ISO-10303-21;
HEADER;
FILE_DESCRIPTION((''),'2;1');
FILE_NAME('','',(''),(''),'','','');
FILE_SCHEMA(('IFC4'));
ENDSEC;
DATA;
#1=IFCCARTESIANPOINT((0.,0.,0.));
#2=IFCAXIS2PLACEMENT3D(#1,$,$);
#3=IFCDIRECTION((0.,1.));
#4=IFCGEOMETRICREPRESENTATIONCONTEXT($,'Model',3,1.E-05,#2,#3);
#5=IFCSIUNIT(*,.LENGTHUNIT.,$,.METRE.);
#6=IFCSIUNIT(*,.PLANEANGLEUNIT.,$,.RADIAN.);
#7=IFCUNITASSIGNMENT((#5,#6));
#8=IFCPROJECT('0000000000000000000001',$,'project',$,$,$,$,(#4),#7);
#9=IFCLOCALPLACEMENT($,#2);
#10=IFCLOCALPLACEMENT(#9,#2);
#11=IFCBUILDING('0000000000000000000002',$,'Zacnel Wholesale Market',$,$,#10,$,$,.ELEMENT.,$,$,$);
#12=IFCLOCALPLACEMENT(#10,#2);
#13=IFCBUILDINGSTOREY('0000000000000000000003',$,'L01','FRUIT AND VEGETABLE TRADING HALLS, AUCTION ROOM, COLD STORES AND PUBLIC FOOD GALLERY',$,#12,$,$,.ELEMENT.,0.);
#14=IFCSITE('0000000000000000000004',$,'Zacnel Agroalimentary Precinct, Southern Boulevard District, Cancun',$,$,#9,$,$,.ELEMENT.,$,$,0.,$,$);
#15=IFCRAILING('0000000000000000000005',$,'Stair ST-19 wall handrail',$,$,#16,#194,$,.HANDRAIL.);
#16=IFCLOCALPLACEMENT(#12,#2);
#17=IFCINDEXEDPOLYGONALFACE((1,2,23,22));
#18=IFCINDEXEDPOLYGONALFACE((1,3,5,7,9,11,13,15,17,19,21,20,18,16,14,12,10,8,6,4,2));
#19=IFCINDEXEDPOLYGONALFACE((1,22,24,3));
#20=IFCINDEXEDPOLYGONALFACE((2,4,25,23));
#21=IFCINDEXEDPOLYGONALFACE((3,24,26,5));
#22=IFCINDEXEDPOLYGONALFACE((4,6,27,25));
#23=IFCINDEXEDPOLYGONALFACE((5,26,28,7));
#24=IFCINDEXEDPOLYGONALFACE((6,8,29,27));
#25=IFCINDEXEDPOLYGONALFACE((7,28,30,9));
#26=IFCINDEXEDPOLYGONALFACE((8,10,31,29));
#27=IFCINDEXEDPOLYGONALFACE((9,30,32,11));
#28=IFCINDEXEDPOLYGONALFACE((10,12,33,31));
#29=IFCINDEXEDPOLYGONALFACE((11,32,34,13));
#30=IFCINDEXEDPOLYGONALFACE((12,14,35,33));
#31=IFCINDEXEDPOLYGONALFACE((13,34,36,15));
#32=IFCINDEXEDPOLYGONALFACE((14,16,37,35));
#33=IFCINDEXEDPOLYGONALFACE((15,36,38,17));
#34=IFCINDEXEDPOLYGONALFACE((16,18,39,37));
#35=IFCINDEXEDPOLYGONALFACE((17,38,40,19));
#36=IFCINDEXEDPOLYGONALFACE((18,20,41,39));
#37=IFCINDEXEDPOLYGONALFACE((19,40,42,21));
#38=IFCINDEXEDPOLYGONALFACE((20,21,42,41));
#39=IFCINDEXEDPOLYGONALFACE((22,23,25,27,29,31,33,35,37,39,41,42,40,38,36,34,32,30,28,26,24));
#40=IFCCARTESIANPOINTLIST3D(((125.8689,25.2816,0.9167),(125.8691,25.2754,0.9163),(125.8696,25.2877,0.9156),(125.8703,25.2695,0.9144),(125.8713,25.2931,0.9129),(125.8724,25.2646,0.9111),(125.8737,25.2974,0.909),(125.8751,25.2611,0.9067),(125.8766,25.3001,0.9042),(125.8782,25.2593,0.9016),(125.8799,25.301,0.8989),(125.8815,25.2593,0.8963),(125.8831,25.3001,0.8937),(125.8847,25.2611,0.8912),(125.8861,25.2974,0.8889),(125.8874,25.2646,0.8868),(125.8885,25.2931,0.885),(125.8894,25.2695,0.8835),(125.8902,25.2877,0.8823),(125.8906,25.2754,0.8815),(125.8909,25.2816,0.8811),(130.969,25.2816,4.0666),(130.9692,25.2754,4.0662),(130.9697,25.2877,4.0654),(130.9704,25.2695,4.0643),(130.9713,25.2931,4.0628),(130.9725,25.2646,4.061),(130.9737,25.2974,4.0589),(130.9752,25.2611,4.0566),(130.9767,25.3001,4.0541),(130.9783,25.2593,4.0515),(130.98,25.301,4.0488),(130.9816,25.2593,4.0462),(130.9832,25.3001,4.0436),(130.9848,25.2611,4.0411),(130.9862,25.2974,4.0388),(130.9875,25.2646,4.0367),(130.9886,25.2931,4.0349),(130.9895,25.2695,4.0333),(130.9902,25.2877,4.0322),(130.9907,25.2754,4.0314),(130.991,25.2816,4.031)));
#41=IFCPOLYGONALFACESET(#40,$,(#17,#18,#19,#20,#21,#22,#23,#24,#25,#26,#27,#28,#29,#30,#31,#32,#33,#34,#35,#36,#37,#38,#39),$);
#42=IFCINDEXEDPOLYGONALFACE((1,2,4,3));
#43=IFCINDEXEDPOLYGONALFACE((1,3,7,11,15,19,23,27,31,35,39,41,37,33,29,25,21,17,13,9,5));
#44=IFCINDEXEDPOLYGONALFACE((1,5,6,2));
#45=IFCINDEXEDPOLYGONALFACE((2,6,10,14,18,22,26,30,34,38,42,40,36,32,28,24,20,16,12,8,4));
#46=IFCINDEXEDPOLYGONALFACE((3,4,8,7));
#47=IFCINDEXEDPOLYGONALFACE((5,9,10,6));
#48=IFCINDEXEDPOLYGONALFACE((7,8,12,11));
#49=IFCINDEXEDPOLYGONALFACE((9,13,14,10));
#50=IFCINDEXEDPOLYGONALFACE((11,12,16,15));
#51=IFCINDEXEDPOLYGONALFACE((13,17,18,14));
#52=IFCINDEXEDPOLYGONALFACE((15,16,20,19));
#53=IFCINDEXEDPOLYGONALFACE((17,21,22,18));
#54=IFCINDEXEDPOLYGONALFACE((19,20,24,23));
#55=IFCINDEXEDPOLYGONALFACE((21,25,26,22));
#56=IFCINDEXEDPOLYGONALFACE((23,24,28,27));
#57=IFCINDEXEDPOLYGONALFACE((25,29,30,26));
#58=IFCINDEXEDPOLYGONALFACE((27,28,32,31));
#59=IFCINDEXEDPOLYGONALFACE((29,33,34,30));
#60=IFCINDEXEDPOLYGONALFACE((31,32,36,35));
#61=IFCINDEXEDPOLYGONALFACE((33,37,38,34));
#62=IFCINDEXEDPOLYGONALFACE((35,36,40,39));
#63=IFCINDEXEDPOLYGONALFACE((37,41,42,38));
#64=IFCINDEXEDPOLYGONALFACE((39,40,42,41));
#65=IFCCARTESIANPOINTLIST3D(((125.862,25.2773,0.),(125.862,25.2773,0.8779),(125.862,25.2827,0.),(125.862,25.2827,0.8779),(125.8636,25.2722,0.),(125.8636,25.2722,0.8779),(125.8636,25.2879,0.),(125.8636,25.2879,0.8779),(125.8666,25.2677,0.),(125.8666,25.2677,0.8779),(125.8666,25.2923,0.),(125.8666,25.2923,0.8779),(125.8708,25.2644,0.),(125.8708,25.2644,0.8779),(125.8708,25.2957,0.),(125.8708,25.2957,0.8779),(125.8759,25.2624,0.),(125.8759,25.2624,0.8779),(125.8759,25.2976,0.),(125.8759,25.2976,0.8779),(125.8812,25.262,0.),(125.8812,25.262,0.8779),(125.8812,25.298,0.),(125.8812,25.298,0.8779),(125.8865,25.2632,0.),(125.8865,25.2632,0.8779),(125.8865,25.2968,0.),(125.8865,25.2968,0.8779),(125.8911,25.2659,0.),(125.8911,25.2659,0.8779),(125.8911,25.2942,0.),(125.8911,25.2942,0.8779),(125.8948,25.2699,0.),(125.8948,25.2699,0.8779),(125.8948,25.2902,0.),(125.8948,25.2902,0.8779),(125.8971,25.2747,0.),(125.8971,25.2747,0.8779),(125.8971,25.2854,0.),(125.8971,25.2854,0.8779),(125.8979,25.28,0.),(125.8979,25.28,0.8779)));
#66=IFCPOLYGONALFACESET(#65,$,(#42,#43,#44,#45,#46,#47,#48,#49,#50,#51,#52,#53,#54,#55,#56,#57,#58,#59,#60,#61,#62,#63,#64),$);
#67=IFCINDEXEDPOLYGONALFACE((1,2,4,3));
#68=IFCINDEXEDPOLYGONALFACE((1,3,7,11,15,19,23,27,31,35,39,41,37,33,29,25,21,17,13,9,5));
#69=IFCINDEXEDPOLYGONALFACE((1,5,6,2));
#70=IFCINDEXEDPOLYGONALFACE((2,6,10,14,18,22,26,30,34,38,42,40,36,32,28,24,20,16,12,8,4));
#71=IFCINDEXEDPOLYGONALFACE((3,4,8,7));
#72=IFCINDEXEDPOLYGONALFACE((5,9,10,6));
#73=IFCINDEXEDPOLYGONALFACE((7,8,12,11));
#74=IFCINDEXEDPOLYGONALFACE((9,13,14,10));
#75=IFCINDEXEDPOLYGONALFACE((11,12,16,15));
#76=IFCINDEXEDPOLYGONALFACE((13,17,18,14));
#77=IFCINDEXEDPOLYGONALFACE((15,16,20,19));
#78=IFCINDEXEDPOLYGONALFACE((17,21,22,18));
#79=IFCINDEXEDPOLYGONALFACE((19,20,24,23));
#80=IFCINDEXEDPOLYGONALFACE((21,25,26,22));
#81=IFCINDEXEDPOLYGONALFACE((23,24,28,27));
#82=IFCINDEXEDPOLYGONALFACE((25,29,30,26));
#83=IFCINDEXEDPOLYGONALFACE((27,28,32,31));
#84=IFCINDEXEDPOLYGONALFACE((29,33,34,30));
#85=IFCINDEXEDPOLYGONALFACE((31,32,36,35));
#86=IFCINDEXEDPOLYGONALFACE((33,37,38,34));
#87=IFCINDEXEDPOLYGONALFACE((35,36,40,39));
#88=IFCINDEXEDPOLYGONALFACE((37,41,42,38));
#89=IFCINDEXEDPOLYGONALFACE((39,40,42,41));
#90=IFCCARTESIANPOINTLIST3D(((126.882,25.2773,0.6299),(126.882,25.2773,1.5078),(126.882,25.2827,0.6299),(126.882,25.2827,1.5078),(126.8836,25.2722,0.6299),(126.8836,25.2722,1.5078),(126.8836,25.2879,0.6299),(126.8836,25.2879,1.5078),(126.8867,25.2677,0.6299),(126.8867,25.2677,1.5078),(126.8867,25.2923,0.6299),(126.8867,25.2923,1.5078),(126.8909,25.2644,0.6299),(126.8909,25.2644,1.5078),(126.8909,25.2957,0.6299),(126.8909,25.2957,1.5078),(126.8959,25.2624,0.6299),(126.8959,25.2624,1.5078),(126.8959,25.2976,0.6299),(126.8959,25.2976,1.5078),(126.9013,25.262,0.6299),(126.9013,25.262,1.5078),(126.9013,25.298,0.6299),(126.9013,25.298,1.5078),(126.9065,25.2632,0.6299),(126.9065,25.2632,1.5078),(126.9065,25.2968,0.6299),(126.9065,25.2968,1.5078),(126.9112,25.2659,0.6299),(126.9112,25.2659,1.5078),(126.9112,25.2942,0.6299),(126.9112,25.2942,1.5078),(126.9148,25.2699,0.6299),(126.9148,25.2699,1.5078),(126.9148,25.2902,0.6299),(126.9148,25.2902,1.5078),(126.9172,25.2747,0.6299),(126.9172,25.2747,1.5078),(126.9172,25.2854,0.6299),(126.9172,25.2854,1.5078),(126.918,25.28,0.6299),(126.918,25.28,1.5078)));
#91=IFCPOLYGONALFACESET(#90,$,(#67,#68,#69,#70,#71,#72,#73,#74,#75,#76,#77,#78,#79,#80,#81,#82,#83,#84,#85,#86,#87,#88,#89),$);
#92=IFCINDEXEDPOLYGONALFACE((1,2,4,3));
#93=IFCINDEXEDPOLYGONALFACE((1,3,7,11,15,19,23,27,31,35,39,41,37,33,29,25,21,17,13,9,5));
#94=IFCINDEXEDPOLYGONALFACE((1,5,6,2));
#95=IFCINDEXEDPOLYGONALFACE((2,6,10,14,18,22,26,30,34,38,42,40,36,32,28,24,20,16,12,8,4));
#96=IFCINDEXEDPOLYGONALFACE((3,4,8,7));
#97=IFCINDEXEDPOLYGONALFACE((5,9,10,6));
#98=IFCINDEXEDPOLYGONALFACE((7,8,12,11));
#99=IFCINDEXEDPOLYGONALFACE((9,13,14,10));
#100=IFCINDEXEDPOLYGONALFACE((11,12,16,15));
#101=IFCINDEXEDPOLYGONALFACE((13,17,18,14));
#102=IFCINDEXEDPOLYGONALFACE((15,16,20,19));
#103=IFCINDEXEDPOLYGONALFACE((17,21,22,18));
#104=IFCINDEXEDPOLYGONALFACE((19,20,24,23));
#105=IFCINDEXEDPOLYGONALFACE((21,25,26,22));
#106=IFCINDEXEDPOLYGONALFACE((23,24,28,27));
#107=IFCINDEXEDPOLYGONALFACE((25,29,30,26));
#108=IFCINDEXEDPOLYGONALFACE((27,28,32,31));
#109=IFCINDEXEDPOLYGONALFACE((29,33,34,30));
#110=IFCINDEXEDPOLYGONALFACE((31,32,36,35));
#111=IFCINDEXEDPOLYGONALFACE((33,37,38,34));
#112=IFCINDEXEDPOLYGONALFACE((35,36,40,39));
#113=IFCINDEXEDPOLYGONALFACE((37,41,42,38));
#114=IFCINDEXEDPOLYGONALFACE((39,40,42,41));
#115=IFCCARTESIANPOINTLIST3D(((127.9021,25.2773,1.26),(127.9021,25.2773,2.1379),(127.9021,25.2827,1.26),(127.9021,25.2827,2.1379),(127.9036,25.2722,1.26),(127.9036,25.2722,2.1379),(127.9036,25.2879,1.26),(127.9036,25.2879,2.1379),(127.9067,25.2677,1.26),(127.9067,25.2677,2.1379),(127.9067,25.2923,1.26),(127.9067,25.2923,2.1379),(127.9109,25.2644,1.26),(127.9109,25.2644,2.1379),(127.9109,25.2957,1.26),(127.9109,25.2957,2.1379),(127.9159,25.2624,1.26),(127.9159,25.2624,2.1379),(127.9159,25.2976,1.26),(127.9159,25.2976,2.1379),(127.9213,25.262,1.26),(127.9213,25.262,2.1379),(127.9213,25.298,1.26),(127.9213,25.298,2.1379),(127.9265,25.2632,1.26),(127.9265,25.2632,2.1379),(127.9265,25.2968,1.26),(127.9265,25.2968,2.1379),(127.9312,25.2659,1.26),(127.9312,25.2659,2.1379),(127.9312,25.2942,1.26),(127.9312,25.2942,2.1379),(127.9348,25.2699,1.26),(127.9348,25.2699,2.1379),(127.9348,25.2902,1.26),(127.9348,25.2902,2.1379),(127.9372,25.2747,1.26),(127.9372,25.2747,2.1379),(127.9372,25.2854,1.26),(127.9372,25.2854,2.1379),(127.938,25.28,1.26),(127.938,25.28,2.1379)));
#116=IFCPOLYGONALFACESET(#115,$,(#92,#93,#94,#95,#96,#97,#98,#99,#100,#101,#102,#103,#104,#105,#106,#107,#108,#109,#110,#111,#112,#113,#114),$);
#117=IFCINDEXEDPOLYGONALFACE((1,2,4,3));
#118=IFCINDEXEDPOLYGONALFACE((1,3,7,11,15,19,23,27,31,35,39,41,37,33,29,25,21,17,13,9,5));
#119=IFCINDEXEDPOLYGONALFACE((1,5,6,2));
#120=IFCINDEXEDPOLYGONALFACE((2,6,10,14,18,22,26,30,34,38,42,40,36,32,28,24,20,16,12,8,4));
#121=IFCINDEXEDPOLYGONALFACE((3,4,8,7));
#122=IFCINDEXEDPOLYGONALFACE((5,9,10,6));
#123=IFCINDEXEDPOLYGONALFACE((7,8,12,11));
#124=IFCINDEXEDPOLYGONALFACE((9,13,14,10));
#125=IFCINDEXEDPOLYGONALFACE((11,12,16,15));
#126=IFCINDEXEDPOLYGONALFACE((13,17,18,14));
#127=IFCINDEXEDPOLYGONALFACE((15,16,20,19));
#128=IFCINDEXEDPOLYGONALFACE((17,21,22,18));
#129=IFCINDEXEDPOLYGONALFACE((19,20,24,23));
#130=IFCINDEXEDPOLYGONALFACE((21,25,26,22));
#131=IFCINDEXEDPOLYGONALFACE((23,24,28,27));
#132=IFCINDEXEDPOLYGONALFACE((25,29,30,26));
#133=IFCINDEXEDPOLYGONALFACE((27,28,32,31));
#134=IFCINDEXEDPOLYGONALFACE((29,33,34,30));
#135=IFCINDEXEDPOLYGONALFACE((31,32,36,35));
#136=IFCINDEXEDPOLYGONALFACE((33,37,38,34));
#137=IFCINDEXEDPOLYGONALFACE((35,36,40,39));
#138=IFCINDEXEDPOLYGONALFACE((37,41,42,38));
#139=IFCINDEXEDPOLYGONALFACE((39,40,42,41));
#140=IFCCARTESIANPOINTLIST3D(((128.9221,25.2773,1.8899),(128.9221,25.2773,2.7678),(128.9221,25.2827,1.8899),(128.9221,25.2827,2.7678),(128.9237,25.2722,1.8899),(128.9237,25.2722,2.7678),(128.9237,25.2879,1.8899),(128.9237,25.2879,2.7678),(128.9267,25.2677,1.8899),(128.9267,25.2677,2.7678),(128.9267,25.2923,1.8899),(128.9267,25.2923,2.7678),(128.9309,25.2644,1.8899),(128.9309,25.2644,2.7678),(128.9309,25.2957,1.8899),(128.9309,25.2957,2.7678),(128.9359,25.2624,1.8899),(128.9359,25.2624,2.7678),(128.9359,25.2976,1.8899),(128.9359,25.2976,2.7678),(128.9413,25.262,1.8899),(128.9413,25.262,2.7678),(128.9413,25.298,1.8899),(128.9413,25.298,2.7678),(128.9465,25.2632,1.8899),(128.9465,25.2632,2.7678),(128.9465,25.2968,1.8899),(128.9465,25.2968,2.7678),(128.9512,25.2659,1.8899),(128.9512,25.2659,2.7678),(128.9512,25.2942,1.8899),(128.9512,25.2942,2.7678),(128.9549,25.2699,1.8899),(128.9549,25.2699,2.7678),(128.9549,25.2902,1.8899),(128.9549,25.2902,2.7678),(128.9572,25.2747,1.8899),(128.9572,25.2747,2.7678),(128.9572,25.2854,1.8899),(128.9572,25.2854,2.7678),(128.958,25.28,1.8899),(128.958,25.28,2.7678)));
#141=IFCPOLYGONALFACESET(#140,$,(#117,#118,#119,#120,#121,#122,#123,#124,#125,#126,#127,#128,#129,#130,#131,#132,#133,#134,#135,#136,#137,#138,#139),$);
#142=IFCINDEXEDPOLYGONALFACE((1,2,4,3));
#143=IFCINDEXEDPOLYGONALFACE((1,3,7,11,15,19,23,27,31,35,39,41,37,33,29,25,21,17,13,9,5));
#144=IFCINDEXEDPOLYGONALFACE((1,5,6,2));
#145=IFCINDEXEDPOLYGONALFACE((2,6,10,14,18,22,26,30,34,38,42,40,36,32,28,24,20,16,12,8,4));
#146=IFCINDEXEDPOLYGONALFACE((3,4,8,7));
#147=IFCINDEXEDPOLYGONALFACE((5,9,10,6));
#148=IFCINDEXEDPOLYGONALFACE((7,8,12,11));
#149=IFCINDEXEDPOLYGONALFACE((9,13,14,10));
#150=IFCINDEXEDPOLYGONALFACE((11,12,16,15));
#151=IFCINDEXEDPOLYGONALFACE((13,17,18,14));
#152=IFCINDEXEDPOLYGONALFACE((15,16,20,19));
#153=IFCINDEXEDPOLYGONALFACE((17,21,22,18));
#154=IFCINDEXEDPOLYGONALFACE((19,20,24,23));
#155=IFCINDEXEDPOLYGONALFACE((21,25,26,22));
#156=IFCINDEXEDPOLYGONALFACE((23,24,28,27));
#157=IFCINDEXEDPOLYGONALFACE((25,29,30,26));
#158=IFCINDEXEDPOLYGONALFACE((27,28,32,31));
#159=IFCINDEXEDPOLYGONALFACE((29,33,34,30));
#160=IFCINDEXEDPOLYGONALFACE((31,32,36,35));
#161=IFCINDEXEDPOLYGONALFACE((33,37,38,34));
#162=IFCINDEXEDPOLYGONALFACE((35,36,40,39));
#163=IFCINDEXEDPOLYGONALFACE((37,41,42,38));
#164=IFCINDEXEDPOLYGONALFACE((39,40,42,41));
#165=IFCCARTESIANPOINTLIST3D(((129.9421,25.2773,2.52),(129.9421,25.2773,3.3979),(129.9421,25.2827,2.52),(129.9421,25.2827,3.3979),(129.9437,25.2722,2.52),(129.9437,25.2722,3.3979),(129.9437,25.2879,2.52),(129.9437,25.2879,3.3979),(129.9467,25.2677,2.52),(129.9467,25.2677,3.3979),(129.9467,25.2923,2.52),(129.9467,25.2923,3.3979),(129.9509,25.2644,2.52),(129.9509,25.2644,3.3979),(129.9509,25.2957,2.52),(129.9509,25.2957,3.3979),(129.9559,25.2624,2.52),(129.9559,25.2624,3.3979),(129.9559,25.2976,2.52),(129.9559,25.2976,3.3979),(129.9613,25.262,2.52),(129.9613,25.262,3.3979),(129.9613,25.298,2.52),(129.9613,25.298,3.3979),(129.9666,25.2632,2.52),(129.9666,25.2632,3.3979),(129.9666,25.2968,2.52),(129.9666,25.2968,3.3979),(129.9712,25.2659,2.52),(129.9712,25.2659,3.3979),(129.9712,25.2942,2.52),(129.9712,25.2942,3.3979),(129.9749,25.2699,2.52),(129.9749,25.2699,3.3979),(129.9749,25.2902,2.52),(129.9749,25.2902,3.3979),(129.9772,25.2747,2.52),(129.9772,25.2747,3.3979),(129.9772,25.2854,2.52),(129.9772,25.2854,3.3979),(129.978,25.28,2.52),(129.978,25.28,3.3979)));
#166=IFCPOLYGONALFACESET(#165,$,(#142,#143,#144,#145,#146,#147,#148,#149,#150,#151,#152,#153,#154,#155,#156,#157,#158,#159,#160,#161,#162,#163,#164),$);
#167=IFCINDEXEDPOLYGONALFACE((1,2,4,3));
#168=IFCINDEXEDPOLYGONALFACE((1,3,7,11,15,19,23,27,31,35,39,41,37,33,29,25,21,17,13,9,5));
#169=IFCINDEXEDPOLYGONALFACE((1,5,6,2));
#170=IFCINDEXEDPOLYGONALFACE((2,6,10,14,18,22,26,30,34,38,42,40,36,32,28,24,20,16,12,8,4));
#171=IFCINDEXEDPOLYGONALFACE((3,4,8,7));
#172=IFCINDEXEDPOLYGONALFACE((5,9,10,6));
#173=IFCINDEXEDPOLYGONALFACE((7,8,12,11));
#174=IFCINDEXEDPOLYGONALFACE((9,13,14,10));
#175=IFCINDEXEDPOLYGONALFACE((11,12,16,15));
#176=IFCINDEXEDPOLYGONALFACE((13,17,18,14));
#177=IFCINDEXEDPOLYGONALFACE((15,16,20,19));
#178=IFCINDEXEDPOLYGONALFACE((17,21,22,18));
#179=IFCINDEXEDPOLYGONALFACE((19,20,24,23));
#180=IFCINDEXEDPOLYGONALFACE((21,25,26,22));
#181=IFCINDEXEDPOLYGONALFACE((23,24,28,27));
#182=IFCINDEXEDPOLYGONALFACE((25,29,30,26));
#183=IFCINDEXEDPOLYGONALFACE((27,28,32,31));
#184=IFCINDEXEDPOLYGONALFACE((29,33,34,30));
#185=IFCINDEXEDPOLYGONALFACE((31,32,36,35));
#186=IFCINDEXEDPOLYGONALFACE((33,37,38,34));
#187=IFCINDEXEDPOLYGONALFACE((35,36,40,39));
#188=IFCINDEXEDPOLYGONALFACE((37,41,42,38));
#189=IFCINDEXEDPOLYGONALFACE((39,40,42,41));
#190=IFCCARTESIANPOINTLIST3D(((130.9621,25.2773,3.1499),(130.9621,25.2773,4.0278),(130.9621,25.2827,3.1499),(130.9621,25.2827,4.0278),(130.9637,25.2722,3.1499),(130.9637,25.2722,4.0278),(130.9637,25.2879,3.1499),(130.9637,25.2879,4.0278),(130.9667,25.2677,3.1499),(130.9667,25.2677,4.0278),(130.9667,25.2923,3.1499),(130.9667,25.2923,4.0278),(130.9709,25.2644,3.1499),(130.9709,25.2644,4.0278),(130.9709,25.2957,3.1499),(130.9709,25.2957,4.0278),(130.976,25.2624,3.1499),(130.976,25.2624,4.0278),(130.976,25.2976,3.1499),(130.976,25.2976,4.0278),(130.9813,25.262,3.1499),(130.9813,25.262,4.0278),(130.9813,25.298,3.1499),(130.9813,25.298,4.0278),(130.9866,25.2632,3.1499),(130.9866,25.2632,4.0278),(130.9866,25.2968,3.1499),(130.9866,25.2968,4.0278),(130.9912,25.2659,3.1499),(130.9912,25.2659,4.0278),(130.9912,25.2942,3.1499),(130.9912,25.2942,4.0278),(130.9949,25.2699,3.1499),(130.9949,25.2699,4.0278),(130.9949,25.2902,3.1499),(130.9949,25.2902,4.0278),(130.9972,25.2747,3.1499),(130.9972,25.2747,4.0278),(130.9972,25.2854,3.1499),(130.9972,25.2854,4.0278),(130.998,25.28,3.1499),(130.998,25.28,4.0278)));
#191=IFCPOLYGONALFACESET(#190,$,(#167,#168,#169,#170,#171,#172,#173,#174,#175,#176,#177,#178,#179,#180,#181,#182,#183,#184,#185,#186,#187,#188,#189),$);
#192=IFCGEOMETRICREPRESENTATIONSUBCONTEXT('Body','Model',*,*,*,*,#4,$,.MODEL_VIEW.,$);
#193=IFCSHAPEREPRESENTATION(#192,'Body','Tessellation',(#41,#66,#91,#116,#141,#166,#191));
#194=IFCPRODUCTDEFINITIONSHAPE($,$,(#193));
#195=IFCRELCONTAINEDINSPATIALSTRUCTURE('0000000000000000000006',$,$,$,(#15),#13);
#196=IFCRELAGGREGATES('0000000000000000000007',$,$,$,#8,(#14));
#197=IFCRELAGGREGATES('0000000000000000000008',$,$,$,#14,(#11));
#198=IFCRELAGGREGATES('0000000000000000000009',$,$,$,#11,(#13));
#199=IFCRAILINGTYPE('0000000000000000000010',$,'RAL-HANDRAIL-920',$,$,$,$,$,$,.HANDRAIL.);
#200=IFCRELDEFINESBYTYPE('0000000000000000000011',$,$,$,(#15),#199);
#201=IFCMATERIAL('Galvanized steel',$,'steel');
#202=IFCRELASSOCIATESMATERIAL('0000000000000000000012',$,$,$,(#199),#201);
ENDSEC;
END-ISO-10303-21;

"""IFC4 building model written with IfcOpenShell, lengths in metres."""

from ifc_helpers import new_model, si_unit, direction, frame, origin, origin_2d, place, context, subcontext, project, spatial, circle, extrude, material, type_object, element, save


model = new_model("IFC4")

# Units and contexts
model_context = context("Model", 3, precision=1e-05, world=origin(), true_north=direction((0.0, 1.0)))
body_context = subcontext(model_context, "Body", "Model", "MODEL_VIEW")
ifc_project = project(units=[si_unit("LENGTHUNIT", "METRE"), si_unit("PLANEANGLEUNIT", "RADIAN")], contexts=[model_context])

# Site, building, storey
site_placement = place(None, origin())
site = spatial("IfcSite", under=ifc_project, at=site_placement, Name="Zacnel Agroalimentary Precinct, Southern Boulevard District, Cancun", CompositionType="ELEMENT", RefElevation=0.0)
building_placement = place(site_placement, origin())
building = spatial("IfcBuilding", under=site, at=building_placement, Name="Zacnel Wholesale Market", CompositionType="ELEMENT")
storey_placement = place(building_placement, origin())
storey = spatial("IfcBuildingStorey", under=building, at=storey_placement, Name="L01", Description="FRUIT AND VEGETABLE TRADING HALLS, AUCTION ROOM, COLD STORES AND PUBLIC FOOD GALLERY", CompositionType="ELEMENT", Elevation=0.0)

# Railing
ifc_material_1 = material(Name="Galvanized steel", Category="steel")
railing_type_1 = type_object("IfcRailingType", Name="RAL-HANDRAIL-920", PredefinedType="HANDRAIL", material=ifc_material_1)
railing_1_placement = place(storey_placement, frame((125.8799, 25.28, 0.0)))
element("IfcRailing", 1, at=railing_1_placement, inside=storey, type_object=railing_type_1, Name="Stair ST-19 wall handrail", PredefinedType="HANDRAIL", context=body_context, shape_type="SweptSolid", body=[
    extrude(circle(Radius=0.021, at=origin_2d()), frame((0.0, 0.0, 0.8989), z_axis=(0.85081, 0.0, 0.525474), x_axis=(0.0, 1.0, 0.0)), (0.0, 0.0, 1.0), 5.9944),
    extrude(circle(Radius=0.0181, at=origin_2d()), origin(), (0.0, 0.0, 1.0), 0.8779),
    extrude(circle(Radius=0.0181, at=origin_2d()), frame((1.02, 0.0, 0.6299)), (0.0, 0.0, 1.0), 0.8779),
    extrude(circle(Radius=0.0181, at=origin_2d()), frame((2.04, 0.0, 1.26)), (0.0, 0.0, 1.0), 0.8779),
    extrude(circle(Radius=0.0181, at=origin_2d()), frame((3.0601, 0.0, 1.8899)), (0.0, 0.0, 1.0), 0.8779),
    extrude(circle(Radius=0.0181, at=origin_2d()), frame((4.0801, 0.0, 2.52)), (0.0, 0.0, 1.0), 0.8779),
    extrude(circle(Radius=0.0181, at=origin_2d()), frame((5.1001, 0.0, 3.1499)), (0.0, 0.0, 1.0), 0.8779),
])

save(model, "model.ifc")
